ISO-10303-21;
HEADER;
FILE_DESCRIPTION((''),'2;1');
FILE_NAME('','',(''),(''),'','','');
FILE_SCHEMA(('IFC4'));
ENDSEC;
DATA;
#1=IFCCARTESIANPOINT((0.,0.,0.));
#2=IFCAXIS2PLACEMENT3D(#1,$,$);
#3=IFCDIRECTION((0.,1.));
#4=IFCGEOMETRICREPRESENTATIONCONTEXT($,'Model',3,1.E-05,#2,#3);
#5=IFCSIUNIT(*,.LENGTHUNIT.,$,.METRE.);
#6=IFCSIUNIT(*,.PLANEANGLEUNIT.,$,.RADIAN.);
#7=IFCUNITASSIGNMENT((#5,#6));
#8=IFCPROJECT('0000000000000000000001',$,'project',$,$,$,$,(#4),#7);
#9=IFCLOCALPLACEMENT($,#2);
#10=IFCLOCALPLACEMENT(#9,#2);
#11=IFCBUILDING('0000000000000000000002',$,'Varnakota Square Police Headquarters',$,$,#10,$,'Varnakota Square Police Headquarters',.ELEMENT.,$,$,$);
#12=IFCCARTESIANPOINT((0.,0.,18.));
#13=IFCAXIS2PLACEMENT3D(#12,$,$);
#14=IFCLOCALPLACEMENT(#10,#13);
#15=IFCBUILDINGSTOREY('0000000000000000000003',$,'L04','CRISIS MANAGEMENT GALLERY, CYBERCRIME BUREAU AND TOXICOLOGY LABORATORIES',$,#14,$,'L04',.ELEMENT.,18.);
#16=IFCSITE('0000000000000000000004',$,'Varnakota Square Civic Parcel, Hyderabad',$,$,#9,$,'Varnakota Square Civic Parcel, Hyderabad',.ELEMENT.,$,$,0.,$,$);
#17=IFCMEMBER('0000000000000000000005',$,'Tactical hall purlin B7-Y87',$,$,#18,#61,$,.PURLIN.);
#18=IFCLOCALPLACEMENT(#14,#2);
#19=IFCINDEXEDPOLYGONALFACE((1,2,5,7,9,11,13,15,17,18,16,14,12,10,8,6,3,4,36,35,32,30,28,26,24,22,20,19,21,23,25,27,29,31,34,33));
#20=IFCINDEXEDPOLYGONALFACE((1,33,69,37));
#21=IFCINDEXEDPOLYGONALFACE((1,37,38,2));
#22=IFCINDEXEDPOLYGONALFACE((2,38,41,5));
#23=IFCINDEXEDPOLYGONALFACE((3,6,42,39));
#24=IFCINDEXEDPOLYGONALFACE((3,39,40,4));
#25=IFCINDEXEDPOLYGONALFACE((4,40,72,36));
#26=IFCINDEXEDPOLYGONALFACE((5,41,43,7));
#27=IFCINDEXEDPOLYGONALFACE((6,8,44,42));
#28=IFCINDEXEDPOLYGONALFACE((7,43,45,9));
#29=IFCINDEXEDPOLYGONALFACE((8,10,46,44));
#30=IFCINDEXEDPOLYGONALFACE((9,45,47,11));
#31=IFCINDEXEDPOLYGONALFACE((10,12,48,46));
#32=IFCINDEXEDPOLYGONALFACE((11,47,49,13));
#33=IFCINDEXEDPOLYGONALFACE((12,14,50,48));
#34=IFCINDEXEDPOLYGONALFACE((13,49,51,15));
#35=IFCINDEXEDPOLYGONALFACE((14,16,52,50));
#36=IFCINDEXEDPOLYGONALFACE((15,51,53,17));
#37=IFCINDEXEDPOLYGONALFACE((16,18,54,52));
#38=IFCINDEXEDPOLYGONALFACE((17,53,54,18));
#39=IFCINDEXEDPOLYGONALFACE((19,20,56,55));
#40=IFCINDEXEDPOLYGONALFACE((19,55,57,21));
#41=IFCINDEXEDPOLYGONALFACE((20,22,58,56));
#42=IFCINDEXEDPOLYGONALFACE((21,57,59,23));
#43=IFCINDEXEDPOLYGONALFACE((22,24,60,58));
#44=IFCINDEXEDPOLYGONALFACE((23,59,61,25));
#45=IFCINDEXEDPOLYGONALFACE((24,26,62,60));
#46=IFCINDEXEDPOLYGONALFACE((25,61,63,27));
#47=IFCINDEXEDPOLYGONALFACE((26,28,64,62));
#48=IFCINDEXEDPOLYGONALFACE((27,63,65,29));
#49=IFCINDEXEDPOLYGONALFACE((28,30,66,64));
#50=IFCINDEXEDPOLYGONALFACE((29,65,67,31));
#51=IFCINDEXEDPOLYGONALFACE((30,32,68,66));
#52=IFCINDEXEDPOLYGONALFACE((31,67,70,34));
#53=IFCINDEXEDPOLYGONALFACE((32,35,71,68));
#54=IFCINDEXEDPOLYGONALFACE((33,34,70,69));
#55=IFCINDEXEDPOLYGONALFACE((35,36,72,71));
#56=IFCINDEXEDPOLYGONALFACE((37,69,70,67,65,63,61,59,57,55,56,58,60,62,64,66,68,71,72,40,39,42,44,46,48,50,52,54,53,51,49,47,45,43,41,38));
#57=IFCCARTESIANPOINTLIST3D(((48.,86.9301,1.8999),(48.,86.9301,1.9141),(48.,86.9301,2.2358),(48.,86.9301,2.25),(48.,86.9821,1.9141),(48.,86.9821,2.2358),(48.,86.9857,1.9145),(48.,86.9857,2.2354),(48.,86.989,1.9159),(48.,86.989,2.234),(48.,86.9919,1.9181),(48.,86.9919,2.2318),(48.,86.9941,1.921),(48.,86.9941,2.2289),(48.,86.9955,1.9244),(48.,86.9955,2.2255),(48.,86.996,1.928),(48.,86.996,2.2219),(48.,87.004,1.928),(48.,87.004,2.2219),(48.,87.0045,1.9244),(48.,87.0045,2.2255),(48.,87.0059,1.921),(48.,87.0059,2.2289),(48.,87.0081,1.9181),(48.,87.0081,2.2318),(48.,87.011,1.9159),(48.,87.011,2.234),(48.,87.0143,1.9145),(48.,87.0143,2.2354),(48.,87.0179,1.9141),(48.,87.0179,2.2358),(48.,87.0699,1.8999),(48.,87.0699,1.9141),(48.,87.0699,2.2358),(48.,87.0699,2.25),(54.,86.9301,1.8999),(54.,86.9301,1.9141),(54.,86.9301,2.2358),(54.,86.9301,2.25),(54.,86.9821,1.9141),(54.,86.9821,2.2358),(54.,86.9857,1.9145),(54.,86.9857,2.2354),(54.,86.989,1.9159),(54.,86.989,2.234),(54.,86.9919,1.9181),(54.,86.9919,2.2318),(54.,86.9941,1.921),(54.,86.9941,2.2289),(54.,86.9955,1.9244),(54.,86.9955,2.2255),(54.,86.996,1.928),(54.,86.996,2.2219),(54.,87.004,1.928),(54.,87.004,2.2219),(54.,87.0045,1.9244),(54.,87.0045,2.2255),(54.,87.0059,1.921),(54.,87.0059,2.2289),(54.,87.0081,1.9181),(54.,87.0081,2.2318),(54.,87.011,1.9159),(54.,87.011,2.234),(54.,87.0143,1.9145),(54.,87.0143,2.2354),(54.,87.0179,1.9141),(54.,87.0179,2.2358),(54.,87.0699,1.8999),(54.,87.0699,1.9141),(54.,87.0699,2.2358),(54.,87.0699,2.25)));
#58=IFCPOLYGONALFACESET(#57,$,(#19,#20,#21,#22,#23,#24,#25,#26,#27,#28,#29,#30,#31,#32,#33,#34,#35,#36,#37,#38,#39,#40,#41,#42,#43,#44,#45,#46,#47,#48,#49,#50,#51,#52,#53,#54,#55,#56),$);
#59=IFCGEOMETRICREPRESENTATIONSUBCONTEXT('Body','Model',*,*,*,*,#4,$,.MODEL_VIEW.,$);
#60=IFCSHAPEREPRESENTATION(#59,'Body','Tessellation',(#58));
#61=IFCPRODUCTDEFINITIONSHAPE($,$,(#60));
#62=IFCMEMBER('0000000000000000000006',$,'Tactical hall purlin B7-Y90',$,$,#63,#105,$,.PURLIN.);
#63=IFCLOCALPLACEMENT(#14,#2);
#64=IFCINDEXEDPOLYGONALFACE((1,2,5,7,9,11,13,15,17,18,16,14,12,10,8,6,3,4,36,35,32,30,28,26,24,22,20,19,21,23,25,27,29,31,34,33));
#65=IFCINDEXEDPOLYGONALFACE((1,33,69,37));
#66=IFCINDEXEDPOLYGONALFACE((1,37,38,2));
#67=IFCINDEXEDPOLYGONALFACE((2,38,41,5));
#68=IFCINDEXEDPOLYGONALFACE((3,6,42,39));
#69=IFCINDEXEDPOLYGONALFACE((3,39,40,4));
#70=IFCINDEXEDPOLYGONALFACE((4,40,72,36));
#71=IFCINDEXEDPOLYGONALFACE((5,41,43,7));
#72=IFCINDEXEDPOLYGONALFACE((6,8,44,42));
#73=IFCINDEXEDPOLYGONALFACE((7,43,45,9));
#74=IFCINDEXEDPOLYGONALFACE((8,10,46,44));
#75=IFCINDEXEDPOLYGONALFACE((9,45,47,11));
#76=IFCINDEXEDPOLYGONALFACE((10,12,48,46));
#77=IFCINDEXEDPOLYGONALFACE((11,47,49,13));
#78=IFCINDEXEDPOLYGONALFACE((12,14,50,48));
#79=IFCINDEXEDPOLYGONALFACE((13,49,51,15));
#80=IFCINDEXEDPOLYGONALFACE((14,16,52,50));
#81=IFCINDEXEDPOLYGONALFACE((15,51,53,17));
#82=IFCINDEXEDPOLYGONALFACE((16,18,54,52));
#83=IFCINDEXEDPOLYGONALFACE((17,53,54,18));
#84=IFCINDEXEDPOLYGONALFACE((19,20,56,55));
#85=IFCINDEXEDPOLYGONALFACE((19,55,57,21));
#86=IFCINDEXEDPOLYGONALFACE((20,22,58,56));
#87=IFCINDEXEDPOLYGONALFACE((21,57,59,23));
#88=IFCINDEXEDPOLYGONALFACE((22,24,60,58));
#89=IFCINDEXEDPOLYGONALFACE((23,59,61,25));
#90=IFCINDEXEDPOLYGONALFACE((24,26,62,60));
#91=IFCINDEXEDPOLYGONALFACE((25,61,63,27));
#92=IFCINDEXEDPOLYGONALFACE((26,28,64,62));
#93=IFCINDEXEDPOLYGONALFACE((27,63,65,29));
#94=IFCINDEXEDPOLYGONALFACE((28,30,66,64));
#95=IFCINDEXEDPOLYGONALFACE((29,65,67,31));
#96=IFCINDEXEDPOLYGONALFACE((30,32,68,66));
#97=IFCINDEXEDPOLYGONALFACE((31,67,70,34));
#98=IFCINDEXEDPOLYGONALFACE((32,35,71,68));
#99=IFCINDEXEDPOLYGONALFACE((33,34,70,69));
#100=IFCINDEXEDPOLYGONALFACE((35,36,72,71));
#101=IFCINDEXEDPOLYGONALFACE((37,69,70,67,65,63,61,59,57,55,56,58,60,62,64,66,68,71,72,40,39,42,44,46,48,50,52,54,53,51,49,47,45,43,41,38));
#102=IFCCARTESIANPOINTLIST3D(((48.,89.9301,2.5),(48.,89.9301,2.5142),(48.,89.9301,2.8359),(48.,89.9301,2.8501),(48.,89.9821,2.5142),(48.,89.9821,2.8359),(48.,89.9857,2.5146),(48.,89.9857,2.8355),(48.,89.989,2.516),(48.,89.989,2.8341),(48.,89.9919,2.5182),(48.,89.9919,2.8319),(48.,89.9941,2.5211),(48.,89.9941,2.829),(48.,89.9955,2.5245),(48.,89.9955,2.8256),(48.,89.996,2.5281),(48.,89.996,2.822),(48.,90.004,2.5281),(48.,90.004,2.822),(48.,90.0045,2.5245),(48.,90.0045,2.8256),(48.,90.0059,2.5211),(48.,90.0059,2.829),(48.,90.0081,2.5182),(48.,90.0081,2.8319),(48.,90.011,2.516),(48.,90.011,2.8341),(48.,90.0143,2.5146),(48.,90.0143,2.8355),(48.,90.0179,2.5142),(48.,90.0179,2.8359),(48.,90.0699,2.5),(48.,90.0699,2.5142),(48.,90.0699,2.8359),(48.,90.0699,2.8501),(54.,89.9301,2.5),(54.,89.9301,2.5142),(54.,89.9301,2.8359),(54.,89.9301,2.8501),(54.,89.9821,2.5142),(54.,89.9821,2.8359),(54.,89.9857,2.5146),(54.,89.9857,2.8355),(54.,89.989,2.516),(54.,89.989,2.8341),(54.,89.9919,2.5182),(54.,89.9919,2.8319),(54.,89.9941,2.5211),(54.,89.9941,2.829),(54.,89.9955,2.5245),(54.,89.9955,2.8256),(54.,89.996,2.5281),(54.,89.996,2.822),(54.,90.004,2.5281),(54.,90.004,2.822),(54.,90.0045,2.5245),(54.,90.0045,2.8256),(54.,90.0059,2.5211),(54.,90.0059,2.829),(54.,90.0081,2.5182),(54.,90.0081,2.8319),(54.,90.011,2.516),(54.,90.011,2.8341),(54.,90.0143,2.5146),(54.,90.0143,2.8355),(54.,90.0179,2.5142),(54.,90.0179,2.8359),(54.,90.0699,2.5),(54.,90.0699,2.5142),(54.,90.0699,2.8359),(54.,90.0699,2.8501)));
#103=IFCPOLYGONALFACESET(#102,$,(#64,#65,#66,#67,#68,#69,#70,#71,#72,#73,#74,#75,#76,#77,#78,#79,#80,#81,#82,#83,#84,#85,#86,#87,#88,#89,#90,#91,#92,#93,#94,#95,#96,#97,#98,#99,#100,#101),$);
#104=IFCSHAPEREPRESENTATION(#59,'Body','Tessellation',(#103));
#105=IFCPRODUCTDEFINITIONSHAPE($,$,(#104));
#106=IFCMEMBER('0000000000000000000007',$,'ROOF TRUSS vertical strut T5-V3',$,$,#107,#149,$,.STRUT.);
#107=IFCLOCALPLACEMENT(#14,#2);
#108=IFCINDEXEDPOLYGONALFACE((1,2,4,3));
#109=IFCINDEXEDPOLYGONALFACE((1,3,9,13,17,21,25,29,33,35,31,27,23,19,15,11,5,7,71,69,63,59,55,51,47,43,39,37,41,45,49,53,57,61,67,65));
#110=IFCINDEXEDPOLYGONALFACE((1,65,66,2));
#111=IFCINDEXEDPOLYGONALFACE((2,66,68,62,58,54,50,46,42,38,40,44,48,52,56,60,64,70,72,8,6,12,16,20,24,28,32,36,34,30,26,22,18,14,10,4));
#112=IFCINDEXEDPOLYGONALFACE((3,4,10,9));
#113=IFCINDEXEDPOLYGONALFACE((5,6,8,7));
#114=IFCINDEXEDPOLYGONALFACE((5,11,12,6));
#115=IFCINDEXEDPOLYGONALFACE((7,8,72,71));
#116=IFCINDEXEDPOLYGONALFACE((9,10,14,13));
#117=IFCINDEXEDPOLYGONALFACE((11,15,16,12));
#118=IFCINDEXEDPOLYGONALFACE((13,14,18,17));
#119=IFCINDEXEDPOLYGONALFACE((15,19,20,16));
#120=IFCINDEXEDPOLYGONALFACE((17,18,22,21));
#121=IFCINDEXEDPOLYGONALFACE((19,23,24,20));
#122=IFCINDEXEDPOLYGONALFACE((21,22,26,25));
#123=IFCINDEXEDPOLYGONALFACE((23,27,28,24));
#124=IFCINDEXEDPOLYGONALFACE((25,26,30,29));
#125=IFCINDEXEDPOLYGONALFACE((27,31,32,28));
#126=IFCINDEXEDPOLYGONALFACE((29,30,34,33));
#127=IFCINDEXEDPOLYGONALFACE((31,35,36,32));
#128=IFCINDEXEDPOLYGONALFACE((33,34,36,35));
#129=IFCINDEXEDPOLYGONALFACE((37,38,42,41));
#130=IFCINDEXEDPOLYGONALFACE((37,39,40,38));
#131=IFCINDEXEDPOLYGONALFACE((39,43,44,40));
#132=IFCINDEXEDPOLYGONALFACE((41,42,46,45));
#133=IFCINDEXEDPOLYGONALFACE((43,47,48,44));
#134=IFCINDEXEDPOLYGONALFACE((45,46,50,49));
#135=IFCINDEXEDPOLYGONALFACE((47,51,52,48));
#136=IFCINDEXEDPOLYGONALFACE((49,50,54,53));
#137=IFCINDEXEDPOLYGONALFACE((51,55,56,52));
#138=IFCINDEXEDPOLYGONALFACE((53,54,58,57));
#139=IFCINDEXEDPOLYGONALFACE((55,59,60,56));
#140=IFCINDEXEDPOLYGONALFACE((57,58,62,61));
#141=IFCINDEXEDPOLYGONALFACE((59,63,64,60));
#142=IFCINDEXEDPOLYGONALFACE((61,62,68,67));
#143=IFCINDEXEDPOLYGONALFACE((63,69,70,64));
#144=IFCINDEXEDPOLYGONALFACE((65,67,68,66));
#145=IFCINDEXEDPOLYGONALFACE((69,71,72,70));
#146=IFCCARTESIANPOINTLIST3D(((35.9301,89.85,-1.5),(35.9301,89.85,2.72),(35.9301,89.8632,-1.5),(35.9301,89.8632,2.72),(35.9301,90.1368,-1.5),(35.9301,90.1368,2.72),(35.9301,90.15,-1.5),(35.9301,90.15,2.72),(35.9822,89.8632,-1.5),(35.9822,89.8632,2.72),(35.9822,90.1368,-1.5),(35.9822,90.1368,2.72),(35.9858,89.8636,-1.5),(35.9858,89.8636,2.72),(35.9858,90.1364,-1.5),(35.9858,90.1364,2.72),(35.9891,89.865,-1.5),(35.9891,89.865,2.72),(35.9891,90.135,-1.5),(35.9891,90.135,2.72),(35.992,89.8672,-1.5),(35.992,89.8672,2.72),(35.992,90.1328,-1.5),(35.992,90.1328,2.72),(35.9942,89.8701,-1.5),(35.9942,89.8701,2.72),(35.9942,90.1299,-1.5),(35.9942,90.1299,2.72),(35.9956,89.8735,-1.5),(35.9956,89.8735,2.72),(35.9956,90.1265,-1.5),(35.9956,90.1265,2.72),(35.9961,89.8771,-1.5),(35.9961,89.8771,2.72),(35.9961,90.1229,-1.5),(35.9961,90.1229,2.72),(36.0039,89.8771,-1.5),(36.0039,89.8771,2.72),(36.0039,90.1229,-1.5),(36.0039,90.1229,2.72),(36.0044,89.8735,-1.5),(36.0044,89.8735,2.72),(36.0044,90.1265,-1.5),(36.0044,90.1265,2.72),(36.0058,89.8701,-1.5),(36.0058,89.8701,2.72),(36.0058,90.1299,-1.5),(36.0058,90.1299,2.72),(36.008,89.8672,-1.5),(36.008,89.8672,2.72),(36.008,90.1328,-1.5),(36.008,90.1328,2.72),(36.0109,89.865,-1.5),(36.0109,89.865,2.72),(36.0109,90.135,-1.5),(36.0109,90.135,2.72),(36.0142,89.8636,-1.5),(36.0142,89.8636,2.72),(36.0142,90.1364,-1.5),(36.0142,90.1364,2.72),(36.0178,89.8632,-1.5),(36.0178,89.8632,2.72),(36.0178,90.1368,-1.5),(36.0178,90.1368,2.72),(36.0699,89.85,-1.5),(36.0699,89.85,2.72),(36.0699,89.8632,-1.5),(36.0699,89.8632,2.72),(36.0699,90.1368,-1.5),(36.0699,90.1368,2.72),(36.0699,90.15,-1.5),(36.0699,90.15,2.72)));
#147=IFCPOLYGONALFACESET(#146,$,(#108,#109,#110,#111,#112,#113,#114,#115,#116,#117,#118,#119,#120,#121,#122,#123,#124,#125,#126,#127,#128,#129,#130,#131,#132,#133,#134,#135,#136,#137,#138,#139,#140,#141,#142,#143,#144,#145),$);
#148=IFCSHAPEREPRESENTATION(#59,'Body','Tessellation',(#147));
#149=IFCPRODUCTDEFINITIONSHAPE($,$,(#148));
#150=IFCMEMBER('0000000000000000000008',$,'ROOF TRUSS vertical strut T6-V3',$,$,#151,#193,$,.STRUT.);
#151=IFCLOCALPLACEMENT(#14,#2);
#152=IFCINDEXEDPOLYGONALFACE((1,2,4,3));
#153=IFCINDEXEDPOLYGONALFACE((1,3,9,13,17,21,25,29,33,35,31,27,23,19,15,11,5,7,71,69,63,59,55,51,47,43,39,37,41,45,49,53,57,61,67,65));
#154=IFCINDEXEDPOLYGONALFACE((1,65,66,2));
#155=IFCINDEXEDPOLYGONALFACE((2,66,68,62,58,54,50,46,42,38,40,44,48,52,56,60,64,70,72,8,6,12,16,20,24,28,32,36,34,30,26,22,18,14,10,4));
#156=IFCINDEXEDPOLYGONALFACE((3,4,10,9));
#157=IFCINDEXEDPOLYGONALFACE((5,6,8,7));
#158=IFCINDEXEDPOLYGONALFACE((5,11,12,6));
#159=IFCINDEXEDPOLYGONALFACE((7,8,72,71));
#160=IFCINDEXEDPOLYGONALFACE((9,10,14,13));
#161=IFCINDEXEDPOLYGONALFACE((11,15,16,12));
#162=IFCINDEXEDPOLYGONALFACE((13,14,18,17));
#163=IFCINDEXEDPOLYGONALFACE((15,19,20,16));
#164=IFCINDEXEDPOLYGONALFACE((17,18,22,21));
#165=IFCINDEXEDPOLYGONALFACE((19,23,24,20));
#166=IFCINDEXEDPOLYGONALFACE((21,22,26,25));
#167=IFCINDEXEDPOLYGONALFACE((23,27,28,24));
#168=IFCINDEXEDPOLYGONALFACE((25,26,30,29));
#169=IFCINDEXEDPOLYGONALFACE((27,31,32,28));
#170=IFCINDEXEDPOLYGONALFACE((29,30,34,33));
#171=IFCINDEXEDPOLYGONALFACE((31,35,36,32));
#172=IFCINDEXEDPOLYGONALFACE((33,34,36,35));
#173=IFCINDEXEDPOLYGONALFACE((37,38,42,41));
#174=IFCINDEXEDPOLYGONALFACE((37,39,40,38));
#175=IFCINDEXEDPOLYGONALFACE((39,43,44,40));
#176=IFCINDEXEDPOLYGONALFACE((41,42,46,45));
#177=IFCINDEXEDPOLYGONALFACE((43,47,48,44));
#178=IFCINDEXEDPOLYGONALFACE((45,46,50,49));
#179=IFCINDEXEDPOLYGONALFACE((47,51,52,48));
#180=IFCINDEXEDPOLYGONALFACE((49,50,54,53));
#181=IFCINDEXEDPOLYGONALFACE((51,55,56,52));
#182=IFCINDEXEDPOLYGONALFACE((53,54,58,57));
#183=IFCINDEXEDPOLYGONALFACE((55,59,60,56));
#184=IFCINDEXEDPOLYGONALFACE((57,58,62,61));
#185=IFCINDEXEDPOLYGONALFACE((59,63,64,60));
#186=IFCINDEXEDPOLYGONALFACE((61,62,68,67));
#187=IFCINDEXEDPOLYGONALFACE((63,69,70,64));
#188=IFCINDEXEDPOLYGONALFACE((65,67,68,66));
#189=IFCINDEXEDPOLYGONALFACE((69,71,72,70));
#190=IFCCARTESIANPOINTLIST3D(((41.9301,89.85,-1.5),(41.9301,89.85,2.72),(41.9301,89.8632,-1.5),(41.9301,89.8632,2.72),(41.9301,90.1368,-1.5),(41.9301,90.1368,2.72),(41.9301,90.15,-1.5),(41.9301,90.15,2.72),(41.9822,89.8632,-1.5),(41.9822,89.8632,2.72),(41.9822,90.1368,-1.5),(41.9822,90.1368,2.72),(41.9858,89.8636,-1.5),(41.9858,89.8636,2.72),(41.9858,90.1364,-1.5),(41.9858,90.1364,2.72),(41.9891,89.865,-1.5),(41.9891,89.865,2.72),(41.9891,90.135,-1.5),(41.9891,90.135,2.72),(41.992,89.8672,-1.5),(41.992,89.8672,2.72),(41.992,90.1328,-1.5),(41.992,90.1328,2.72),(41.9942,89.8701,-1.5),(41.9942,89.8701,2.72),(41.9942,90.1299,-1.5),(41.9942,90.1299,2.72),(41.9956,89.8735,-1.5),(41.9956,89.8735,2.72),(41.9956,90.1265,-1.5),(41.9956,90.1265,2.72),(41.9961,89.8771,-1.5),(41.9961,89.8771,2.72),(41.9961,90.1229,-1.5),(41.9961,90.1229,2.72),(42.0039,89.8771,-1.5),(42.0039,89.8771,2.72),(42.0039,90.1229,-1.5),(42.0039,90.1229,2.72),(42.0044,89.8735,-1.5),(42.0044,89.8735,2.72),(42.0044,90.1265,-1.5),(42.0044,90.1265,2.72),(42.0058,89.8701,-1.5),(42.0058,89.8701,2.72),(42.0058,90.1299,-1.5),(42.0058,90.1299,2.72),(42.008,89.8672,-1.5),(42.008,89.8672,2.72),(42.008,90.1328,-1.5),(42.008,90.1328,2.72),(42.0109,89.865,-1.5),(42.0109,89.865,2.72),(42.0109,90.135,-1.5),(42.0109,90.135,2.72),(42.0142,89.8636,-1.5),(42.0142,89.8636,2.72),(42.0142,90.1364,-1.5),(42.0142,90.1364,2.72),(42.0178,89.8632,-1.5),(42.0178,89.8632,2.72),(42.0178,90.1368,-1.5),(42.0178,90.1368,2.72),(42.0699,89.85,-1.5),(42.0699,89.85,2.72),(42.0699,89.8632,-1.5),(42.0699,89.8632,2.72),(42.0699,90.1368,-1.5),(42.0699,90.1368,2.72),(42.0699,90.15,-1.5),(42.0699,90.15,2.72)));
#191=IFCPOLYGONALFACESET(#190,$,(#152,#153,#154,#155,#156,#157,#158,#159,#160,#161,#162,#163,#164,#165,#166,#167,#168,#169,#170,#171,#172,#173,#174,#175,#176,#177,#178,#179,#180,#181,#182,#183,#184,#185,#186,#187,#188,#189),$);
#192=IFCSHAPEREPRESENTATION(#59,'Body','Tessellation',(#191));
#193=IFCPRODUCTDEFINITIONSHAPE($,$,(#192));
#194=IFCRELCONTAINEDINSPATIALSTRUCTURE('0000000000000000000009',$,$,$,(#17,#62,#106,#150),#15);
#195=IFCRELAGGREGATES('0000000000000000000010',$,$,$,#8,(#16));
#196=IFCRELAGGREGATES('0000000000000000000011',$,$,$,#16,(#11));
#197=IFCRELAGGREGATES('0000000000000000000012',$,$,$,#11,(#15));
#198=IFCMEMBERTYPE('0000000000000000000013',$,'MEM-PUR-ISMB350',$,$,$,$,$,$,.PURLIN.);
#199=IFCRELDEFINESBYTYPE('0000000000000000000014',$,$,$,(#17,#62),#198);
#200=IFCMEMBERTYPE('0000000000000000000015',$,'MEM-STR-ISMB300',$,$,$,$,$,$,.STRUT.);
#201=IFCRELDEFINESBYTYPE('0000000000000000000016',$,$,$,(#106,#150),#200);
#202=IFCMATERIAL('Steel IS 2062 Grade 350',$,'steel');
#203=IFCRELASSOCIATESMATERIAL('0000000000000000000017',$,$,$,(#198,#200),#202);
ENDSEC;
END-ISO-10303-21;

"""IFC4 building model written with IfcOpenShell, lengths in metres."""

from ifc_helpers import new_model, si_unit, direction, frame, origin, origin_2d, place, context, subcontext, project, spatial, i_section, extrude, material, material_profile, profile_set, type_object, element, save


model = new_model("IFC4")

# Units and contexts
model_context = context("Model", 3, precision=1e-05, world=origin(), true_north=direction((0.0, 1.0)))
body_context = subcontext(model_context, "Body", "Model", "MODEL_VIEW")
ifc_project = project(units=[si_unit("LENGTHUNIT", "METRE"), si_unit("PLANEANGLEUNIT", "RADIAN")], contexts=[model_context])

# Site, building, storey
site_placement = place(None, origin())
site = spatial("IfcSite", under=ifc_project, at=site_placement, Name="Varnakota Square Civic Parcel, Hyderabad", LongName="Varnakota Square Civic Parcel, Hyderabad", CompositionType="ELEMENT", RefElevation=0.0)
building_placement = place(site_placement, origin())
building = spatial("IfcBuilding", under=site, at=building_placement, Name="Varnakota Square Police Headquarters", LongName="Varnakota Square Police Headquarters", CompositionType="ELEMENT")
storey_placement = place(building_placement, frame((0.0, 0.0, 18.0)))
storey = spatial("IfcBuildingStorey", under=building, at=storey_placement, Name="L04", Description="CRISIS MANAGEMENT GALLERY, CYBERCRIME BUREAU AND TOXICOLOGY LABORATORIES", LongName="L04", CompositionType="ELEMENT", Elevation=18.0)

# Shared definitions
ifc_material_1 = material(Name="Steel IS 2062 Grade 350", Category="steel")

# Members
ifc_material_profile_1 = material_profile(ifc_material_1, i_section(OverallWidth=0.1399, OverallDepth=0.3501, WebThickness=0.0081, FlangeThickness=0.0142, FilletRadius=0.0139, at=origin_2d()), Name="ISMB 350")
ifc_profile_set_1 = profile_set([ifc_material_profile_1], Name="Steel IS 2062 Grade 350")
member_type_1 = type_object("IfcMemberType", Name="MEM-PUR-ISMB350", PredefinedType="PURLIN", material=ifc_profile_set_1)
for number, where, z_axis, x_axis, name in (
    (1, (48.0, 87.0, 2.075), (1.0, 0.0, 0.0), (0.0, 1.0, 0.0), "Tactical hall purlin B7-Y87"),
    (2, (48.0, 90.0, 2.675), (1.0, 0.0, 0.0), (0.0, 1.0, 0.0), "Tactical hall purlin B7-Y90"),
):
    element("IfcMember", number, at=place(storey_placement, frame(where, z_axis=z_axis, x_axis=x_axis)), inside=storey, type_object=member_type_1, Name=name, PredefinedType="PURLIN", context=body_context, shape_type="SweptSolid", body=[
        extrude(i_section(OverallWidth=0.1399, OverallDepth=0.3501, WebThickness=0.0081, FlangeThickness=0.0142, FilletRadius=0.0139, at=origin_2d()), origin(), (0.0, 0.0, 1.0), 6.0),
    ])
ifc_material_profile_2 = material_profile(ifc_material_1, i_section(OverallWidth=0.1399, OverallDepth=0.3, WebThickness=0.0078, FlangeThickness=0.0132, FilletRadius=0.0139, at=origin_2d()), Name="ISMB 300")
ifc_profile_set_2 = profile_set([ifc_material_profile_2], Name="Steel IS 2062 Grade 350")
member_type_2 = type_object("IfcMemberType", Name="MEM-STR-ISMB300", PredefinedType="STRUT", material=ifc_profile_set_2)
for number, where, z_axis, x_axis, name in (
    (3, (36.0, 90.0, -1.5), (0.0, 0.0, 1.0), (1.0, 0.0, 0.0), "ROOF TRUSS vertical strut T5-V3"),
    (4, (42.0, 90.0, -1.5), (0.0, 0.0, 1.0), (1.0, 0.0, 0.0), "ROOF TRUSS vertical strut T6-V3"),
):
    element("IfcMember", number, at=place(storey_placement, frame(where, z_axis=z_axis, x_axis=x_axis)), inside=storey, type_object=member_type_2, Name=name, PredefinedType="STRUT", context=body_context, shape_type="SweptSolid", body=[
        extrude(i_section(OverallWidth=0.1399, OverallDepth=0.3, WebThickness=0.0078, FlangeThickness=0.0132, FilletRadius=0.0139, at=origin_2d()), origin(), (0.0, 0.0, 1.0), 4.22),
    ])

save(model, "model.ifc")
